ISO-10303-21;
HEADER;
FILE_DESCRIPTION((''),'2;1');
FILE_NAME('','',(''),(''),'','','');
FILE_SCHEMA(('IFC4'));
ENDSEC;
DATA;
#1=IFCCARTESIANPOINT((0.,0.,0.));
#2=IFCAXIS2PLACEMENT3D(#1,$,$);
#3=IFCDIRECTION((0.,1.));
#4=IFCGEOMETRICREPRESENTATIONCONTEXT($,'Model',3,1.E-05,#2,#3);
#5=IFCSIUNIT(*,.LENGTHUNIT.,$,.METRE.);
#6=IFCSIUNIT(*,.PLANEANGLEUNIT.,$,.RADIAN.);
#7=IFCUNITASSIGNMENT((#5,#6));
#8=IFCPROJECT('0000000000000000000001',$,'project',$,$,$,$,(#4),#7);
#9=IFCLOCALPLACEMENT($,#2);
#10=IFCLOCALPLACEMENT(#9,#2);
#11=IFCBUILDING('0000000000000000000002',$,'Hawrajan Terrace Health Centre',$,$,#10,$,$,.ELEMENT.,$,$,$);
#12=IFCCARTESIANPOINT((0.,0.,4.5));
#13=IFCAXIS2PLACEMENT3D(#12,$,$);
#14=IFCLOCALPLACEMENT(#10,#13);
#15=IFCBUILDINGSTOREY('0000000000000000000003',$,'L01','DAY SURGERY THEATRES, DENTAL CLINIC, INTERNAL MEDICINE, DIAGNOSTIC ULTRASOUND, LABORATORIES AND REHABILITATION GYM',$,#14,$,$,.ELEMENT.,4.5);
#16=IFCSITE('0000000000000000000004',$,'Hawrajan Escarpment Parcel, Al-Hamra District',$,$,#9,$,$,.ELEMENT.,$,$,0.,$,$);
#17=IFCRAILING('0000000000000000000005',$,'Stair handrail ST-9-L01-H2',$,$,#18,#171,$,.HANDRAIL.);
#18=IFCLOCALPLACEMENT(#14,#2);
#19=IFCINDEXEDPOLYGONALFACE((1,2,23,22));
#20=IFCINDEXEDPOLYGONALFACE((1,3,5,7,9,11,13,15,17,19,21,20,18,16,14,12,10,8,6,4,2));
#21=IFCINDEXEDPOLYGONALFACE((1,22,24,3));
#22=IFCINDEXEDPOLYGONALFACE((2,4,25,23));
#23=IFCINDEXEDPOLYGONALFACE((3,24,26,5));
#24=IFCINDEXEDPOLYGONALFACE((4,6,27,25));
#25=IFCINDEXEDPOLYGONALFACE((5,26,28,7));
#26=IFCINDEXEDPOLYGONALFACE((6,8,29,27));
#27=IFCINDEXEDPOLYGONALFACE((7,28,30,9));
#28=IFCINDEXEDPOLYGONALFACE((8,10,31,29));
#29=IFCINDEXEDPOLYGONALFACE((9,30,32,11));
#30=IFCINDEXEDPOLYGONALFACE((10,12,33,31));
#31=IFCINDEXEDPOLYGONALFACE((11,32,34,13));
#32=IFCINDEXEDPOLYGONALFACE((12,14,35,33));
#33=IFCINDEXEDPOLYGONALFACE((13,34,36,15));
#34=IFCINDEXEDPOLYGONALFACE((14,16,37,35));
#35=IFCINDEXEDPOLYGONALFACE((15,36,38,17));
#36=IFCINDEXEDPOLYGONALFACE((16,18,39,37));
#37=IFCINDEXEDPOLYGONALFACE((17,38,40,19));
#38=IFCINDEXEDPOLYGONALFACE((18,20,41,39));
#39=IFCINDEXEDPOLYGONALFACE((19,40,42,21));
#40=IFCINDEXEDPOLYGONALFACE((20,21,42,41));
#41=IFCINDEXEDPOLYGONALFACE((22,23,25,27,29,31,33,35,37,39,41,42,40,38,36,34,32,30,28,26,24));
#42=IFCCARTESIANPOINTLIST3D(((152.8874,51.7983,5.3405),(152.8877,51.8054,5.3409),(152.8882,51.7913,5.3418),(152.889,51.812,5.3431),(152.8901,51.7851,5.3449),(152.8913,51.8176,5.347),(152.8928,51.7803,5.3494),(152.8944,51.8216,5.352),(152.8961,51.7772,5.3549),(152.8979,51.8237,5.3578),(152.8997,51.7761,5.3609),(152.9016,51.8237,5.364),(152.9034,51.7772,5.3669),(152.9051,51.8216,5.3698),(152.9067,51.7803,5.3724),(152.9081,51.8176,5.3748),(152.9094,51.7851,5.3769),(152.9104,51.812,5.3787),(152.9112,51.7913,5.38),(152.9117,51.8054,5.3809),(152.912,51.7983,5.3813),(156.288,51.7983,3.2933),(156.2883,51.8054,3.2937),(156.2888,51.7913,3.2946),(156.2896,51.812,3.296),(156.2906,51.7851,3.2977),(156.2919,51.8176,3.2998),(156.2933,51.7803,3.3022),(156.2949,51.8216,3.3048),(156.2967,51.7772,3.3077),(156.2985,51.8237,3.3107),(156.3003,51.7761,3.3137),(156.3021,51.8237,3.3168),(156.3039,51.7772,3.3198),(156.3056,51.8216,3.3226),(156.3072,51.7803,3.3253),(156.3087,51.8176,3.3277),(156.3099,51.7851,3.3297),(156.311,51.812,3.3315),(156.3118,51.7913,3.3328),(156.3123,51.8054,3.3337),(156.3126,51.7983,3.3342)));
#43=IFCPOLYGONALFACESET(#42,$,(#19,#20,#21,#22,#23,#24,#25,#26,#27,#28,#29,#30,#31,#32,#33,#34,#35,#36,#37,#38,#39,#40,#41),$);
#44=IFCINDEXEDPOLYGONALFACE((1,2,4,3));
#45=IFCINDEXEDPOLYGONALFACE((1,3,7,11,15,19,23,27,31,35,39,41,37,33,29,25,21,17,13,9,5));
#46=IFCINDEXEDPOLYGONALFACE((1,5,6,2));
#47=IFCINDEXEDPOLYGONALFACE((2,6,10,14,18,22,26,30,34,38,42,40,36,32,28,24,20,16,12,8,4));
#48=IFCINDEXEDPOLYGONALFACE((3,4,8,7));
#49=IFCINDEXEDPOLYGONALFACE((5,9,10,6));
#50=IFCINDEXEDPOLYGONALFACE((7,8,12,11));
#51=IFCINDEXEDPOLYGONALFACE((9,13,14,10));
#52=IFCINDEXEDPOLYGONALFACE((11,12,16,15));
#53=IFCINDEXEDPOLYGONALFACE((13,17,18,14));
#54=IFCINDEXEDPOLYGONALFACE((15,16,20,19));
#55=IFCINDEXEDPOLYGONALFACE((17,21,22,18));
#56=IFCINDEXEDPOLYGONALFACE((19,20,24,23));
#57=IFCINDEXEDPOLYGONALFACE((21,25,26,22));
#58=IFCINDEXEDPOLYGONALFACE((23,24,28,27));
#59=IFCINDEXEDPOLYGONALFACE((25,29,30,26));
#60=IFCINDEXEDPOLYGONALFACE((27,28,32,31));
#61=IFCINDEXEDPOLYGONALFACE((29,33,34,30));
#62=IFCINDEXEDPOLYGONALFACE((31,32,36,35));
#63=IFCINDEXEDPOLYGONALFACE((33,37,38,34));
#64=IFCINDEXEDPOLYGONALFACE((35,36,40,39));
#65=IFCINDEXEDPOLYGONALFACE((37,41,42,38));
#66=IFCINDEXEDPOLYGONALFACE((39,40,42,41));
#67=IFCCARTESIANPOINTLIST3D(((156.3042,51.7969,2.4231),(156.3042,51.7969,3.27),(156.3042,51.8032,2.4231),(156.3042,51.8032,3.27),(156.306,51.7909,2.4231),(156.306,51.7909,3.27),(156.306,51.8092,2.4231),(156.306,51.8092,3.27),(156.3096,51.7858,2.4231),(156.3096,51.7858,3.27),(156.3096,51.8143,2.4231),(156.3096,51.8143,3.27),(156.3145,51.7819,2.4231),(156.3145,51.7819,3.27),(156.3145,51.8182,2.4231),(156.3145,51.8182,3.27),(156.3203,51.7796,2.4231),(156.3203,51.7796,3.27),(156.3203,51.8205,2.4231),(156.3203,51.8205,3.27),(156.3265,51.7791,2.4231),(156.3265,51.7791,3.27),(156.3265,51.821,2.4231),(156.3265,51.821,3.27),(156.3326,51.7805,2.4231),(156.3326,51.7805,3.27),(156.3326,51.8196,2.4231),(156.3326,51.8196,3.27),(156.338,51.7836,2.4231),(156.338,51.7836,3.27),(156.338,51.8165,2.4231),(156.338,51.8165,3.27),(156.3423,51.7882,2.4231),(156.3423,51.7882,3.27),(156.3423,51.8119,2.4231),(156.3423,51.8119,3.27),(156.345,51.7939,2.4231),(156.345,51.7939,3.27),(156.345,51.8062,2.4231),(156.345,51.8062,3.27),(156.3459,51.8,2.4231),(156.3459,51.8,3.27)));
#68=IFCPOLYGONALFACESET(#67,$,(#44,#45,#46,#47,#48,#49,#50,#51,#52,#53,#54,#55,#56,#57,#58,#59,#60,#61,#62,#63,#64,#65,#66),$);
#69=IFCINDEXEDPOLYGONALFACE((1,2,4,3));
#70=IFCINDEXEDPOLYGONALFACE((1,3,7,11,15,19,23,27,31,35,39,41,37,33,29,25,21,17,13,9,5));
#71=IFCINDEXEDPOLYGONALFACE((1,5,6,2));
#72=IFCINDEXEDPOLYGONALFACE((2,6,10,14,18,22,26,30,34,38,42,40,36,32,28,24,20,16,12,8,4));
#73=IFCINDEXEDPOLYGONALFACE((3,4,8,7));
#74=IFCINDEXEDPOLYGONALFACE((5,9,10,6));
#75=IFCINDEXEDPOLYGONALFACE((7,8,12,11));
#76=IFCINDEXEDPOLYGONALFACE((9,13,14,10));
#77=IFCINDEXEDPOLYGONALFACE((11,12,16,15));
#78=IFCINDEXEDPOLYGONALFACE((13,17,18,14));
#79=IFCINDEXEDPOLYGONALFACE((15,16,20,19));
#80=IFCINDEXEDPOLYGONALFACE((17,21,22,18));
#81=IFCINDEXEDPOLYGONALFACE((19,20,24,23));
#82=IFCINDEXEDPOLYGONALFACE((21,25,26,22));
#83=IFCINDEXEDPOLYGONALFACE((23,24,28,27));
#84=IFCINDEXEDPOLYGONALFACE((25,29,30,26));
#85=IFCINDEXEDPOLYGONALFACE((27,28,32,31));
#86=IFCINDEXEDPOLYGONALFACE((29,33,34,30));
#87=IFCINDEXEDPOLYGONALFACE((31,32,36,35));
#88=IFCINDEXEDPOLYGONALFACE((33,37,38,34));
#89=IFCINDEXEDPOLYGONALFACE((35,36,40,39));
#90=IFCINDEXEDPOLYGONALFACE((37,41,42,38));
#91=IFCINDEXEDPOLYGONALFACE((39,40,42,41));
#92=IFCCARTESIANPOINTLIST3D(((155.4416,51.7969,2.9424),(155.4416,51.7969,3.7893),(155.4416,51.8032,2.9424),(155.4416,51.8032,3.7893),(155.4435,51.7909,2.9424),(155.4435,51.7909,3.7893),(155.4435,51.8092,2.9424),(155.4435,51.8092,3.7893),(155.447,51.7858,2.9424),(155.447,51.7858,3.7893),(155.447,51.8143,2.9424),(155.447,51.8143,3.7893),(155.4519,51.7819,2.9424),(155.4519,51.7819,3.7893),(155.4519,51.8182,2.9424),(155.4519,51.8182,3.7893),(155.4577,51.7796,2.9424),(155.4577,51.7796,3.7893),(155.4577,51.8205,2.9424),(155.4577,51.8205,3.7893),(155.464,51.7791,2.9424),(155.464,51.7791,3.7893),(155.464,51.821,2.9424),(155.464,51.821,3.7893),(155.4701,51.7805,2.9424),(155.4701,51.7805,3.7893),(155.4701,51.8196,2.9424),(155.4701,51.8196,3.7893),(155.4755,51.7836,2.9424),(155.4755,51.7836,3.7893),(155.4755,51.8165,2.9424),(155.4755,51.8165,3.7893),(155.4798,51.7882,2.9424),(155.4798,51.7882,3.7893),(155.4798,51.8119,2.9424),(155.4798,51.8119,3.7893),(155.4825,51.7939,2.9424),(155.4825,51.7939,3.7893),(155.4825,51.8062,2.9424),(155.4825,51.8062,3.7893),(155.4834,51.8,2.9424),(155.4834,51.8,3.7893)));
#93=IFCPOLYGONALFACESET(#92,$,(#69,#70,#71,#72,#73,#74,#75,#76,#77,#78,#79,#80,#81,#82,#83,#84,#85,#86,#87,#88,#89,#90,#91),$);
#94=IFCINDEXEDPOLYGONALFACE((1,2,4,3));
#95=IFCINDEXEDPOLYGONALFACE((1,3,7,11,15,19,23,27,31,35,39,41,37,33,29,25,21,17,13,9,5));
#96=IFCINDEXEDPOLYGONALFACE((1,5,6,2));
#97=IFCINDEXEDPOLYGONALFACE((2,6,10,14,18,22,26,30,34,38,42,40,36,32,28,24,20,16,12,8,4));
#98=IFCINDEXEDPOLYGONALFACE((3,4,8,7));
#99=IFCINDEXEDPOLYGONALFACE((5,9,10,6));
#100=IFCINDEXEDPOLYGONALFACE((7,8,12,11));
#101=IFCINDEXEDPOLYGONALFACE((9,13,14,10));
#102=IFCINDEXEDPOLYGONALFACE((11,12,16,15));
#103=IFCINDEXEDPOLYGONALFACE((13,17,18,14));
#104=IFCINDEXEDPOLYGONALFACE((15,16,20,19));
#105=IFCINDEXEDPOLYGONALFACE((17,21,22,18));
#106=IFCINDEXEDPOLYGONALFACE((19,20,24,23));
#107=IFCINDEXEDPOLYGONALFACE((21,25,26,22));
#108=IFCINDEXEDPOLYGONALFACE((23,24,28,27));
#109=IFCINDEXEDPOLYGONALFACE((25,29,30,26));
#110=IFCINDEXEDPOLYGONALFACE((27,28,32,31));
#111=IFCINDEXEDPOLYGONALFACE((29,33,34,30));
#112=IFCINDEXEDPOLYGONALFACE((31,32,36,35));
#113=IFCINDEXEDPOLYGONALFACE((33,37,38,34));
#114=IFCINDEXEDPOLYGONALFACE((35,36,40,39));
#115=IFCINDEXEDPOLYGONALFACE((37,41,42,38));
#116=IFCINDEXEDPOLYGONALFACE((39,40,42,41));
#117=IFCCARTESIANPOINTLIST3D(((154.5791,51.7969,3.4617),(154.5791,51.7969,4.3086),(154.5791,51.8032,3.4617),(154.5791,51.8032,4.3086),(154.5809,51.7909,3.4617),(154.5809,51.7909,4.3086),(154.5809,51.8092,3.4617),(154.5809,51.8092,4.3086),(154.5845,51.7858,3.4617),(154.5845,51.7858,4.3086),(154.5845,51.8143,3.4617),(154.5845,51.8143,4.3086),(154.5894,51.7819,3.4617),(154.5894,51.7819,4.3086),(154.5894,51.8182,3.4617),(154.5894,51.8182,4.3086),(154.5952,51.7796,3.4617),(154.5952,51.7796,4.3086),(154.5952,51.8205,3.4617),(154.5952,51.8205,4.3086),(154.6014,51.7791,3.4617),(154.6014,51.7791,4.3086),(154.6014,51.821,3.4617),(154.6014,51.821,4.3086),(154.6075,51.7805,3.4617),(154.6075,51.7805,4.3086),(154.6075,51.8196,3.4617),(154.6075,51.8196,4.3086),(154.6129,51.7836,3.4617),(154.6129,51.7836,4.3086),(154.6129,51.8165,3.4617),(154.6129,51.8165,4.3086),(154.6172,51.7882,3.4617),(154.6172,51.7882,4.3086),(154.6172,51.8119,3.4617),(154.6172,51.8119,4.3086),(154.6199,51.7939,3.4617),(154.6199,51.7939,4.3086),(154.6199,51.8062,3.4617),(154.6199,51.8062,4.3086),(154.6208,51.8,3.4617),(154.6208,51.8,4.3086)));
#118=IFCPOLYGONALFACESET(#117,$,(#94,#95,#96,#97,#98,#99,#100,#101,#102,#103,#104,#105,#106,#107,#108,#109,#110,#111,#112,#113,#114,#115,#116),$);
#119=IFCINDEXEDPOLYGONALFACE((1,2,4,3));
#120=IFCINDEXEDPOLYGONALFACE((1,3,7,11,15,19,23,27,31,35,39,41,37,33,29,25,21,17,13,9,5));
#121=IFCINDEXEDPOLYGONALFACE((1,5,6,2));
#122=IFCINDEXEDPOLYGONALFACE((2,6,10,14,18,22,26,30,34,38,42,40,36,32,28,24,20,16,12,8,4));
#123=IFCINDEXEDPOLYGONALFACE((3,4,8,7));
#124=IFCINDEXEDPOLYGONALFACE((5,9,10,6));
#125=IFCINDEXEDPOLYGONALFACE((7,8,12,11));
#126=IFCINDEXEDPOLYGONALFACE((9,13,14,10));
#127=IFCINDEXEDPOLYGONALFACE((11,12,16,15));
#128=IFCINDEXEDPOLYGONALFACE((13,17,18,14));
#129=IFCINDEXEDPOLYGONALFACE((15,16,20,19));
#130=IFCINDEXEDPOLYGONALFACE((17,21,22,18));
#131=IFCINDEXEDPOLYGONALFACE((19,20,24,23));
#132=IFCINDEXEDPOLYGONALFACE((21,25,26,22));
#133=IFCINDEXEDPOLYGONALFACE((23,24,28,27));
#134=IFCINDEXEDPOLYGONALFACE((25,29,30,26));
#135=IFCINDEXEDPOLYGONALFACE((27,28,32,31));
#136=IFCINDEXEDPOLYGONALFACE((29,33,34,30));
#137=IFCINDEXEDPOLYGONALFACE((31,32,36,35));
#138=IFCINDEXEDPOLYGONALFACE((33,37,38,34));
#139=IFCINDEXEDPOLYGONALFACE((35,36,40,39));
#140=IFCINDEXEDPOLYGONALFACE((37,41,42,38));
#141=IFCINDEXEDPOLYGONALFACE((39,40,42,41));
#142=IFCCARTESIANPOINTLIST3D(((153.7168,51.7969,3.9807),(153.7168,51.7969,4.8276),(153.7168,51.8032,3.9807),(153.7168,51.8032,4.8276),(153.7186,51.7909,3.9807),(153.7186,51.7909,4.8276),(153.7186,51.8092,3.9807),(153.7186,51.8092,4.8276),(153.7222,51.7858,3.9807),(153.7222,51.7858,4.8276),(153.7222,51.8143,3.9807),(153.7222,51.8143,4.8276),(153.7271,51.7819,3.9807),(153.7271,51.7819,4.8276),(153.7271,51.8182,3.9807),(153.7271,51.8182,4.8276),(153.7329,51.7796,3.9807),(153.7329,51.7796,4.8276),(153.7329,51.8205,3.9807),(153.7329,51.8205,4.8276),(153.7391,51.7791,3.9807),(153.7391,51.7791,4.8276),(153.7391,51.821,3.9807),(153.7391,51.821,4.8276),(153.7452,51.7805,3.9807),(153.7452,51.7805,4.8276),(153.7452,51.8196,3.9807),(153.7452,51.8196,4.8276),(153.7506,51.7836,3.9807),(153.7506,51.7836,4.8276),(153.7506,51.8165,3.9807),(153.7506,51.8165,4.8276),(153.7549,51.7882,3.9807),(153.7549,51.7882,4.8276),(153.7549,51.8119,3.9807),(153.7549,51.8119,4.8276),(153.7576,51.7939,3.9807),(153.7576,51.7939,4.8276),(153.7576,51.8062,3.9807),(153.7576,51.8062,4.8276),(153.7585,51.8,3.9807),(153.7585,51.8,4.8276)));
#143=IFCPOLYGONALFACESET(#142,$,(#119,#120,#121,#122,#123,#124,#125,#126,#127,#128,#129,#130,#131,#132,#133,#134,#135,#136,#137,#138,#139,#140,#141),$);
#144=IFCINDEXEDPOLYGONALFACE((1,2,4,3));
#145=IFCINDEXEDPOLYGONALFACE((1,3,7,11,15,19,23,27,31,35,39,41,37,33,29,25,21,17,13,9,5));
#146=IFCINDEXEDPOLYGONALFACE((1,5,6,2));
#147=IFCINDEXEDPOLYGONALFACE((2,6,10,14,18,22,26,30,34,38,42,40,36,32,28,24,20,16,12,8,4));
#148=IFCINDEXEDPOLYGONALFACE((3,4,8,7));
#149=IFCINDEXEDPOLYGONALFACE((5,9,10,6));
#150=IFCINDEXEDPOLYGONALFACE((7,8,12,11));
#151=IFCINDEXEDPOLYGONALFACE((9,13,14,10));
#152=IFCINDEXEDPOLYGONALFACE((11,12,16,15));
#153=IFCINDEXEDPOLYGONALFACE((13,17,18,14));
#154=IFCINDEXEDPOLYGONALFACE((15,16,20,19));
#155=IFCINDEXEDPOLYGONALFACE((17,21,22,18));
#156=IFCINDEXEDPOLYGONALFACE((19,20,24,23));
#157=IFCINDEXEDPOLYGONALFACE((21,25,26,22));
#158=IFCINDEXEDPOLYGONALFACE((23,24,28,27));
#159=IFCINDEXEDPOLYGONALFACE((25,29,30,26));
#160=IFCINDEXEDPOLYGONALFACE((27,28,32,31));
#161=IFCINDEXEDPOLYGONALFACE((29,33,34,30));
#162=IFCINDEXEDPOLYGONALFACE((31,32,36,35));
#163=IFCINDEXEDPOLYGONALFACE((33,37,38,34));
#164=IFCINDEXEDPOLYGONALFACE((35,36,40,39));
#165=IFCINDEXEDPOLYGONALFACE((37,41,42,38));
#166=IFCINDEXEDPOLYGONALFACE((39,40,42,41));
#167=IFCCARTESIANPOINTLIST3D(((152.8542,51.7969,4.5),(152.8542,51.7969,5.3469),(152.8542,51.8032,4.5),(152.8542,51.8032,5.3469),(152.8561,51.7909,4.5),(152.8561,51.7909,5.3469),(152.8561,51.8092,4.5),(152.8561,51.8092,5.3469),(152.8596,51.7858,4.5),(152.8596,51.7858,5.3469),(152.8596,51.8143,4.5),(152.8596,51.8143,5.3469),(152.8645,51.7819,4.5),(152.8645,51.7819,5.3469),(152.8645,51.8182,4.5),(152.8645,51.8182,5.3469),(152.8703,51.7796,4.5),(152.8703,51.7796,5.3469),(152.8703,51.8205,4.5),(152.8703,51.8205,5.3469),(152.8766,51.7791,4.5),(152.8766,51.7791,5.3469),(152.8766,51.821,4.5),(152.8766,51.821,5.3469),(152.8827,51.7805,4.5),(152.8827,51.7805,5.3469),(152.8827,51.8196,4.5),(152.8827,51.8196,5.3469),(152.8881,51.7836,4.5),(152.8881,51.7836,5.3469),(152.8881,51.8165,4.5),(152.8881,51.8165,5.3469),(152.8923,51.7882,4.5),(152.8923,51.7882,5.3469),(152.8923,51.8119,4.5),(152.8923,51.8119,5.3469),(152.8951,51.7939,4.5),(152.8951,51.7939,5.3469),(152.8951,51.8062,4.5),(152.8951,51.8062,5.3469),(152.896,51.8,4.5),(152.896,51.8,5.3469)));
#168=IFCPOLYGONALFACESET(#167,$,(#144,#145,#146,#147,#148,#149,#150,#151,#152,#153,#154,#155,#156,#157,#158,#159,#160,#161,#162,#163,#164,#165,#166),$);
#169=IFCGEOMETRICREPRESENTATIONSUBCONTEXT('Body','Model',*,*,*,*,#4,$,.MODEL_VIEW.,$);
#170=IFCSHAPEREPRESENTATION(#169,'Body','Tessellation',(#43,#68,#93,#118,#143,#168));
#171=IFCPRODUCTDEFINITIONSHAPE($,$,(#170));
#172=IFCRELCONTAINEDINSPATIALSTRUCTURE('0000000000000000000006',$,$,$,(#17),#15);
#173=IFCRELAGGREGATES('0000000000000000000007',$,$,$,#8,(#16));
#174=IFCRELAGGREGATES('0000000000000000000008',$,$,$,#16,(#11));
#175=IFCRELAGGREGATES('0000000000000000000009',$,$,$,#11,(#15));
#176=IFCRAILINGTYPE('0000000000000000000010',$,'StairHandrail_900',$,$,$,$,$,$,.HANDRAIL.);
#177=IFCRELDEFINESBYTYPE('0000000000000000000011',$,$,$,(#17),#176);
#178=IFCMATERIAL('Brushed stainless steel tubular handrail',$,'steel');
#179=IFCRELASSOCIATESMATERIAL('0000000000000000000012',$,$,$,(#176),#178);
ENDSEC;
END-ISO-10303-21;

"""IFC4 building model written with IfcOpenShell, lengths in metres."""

from ifc_helpers import new_model, si_unit, direction, frame, origin, origin_2d, place, context, subcontext, project, spatial, circle, extrude, material, type_object, element, save


model = new_model("IFC4")

# Units and contexts
model_context = context("Model", 3, precision=1e-05, world=origin(), true_north=direction((0.0, 1.0)))
body_context = subcontext(model_context, "Body", "Model", "MODEL_VIEW")
ifc_project = project(units=[si_unit("LENGTHUNIT", "METRE"), si_unit("PLANEANGLEUNIT", "RADIAN")], contexts=[model_context])

# Site, building, storey
site_placement = place(None, origin())
site = spatial("IfcSite", under=ifc_project, at=site_placement, Name="Hawrajan Escarpment Parcel, Al-Hamra District", CompositionType="ELEMENT", RefElevation=0.0)
building_placement = place(site_placement, origin())
building = spatial("IfcBuilding", under=site, at=building_placement, Name="Hawrajan Terrace Health Centre", CompositionType="ELEMENT")
storey_placement = place(building_placement, frame((0.0, 0.0, 4.5)))
storey = spatial("IfcBuildingStorey", under=building, at=storey_placement, Name="L01", Description="DAY SURGERY THEATRES, DENTAL CLINIC, INTERNAL MEDICINE, DIAGNOSTIC ULTRASOUND, LABORATORIES AND REHABILITATION GYM", CompositionType="ELEMENT", Elevation=4.5)

# Railing
ifc_material_1 = material(Name="Brushed stainless steel tubular handrail", Category="steel")
railing_type = type_object("IfcRailingType", Name="StairHandrail_900", PredefinedType="HANDRAIL", material=ifc_material_1)
railing_placement = place(storey_placement, frame((156.325, 51.8, 2.4231)))
element("IfcRailing", 1, at=railing_placement, inside=storey, type_object=railing_type, Name="Stair handrail ST-9-L01-H2", PredefinedType="HANDRAIL", context=body_context, shape_type="SweptSolid", body=[
    extrude(circle(Radius=0.0239, at=origin_2d()), frame((-0.0247, 0.0, 0.8906), z_axis=(-0.856732, 0.0, 0.515761), x_axis=(0.0, -1.0, 0.0)), (0.0, 0.0, 1.0), 3.9692),
    extrude(circle(Radius=0.021, at=origin_2d()), origin(), (0.0, 0.0, 1.0), 0.8469),
    extrude(circle(Radius=0.021, at=origin_2d()), frame((-0.8625, 0.0, 0.5193)), (0.0, 0.0, 1.0), 0.8469),
    extrude(circle(Radius=0.021, at=origin_2d()), frame((-1.7251, 0.0, 1.0386)), (0.0, 0.0, 1.0), 0.8469),
    extrude(circle(Radius=0.021, at=origin_2d()), frame((-2.5874, 0.0, 1.5576)), (0.0, 0.0, 1.0), 0.8469),
    extrude(circle(Radius=0.021, at=origin_2d()), frame((-3.45, 0.0, 2.0769)), (0.0, 0.0, 1.0), 0.8469),
])

save(model, "model.ifc")
